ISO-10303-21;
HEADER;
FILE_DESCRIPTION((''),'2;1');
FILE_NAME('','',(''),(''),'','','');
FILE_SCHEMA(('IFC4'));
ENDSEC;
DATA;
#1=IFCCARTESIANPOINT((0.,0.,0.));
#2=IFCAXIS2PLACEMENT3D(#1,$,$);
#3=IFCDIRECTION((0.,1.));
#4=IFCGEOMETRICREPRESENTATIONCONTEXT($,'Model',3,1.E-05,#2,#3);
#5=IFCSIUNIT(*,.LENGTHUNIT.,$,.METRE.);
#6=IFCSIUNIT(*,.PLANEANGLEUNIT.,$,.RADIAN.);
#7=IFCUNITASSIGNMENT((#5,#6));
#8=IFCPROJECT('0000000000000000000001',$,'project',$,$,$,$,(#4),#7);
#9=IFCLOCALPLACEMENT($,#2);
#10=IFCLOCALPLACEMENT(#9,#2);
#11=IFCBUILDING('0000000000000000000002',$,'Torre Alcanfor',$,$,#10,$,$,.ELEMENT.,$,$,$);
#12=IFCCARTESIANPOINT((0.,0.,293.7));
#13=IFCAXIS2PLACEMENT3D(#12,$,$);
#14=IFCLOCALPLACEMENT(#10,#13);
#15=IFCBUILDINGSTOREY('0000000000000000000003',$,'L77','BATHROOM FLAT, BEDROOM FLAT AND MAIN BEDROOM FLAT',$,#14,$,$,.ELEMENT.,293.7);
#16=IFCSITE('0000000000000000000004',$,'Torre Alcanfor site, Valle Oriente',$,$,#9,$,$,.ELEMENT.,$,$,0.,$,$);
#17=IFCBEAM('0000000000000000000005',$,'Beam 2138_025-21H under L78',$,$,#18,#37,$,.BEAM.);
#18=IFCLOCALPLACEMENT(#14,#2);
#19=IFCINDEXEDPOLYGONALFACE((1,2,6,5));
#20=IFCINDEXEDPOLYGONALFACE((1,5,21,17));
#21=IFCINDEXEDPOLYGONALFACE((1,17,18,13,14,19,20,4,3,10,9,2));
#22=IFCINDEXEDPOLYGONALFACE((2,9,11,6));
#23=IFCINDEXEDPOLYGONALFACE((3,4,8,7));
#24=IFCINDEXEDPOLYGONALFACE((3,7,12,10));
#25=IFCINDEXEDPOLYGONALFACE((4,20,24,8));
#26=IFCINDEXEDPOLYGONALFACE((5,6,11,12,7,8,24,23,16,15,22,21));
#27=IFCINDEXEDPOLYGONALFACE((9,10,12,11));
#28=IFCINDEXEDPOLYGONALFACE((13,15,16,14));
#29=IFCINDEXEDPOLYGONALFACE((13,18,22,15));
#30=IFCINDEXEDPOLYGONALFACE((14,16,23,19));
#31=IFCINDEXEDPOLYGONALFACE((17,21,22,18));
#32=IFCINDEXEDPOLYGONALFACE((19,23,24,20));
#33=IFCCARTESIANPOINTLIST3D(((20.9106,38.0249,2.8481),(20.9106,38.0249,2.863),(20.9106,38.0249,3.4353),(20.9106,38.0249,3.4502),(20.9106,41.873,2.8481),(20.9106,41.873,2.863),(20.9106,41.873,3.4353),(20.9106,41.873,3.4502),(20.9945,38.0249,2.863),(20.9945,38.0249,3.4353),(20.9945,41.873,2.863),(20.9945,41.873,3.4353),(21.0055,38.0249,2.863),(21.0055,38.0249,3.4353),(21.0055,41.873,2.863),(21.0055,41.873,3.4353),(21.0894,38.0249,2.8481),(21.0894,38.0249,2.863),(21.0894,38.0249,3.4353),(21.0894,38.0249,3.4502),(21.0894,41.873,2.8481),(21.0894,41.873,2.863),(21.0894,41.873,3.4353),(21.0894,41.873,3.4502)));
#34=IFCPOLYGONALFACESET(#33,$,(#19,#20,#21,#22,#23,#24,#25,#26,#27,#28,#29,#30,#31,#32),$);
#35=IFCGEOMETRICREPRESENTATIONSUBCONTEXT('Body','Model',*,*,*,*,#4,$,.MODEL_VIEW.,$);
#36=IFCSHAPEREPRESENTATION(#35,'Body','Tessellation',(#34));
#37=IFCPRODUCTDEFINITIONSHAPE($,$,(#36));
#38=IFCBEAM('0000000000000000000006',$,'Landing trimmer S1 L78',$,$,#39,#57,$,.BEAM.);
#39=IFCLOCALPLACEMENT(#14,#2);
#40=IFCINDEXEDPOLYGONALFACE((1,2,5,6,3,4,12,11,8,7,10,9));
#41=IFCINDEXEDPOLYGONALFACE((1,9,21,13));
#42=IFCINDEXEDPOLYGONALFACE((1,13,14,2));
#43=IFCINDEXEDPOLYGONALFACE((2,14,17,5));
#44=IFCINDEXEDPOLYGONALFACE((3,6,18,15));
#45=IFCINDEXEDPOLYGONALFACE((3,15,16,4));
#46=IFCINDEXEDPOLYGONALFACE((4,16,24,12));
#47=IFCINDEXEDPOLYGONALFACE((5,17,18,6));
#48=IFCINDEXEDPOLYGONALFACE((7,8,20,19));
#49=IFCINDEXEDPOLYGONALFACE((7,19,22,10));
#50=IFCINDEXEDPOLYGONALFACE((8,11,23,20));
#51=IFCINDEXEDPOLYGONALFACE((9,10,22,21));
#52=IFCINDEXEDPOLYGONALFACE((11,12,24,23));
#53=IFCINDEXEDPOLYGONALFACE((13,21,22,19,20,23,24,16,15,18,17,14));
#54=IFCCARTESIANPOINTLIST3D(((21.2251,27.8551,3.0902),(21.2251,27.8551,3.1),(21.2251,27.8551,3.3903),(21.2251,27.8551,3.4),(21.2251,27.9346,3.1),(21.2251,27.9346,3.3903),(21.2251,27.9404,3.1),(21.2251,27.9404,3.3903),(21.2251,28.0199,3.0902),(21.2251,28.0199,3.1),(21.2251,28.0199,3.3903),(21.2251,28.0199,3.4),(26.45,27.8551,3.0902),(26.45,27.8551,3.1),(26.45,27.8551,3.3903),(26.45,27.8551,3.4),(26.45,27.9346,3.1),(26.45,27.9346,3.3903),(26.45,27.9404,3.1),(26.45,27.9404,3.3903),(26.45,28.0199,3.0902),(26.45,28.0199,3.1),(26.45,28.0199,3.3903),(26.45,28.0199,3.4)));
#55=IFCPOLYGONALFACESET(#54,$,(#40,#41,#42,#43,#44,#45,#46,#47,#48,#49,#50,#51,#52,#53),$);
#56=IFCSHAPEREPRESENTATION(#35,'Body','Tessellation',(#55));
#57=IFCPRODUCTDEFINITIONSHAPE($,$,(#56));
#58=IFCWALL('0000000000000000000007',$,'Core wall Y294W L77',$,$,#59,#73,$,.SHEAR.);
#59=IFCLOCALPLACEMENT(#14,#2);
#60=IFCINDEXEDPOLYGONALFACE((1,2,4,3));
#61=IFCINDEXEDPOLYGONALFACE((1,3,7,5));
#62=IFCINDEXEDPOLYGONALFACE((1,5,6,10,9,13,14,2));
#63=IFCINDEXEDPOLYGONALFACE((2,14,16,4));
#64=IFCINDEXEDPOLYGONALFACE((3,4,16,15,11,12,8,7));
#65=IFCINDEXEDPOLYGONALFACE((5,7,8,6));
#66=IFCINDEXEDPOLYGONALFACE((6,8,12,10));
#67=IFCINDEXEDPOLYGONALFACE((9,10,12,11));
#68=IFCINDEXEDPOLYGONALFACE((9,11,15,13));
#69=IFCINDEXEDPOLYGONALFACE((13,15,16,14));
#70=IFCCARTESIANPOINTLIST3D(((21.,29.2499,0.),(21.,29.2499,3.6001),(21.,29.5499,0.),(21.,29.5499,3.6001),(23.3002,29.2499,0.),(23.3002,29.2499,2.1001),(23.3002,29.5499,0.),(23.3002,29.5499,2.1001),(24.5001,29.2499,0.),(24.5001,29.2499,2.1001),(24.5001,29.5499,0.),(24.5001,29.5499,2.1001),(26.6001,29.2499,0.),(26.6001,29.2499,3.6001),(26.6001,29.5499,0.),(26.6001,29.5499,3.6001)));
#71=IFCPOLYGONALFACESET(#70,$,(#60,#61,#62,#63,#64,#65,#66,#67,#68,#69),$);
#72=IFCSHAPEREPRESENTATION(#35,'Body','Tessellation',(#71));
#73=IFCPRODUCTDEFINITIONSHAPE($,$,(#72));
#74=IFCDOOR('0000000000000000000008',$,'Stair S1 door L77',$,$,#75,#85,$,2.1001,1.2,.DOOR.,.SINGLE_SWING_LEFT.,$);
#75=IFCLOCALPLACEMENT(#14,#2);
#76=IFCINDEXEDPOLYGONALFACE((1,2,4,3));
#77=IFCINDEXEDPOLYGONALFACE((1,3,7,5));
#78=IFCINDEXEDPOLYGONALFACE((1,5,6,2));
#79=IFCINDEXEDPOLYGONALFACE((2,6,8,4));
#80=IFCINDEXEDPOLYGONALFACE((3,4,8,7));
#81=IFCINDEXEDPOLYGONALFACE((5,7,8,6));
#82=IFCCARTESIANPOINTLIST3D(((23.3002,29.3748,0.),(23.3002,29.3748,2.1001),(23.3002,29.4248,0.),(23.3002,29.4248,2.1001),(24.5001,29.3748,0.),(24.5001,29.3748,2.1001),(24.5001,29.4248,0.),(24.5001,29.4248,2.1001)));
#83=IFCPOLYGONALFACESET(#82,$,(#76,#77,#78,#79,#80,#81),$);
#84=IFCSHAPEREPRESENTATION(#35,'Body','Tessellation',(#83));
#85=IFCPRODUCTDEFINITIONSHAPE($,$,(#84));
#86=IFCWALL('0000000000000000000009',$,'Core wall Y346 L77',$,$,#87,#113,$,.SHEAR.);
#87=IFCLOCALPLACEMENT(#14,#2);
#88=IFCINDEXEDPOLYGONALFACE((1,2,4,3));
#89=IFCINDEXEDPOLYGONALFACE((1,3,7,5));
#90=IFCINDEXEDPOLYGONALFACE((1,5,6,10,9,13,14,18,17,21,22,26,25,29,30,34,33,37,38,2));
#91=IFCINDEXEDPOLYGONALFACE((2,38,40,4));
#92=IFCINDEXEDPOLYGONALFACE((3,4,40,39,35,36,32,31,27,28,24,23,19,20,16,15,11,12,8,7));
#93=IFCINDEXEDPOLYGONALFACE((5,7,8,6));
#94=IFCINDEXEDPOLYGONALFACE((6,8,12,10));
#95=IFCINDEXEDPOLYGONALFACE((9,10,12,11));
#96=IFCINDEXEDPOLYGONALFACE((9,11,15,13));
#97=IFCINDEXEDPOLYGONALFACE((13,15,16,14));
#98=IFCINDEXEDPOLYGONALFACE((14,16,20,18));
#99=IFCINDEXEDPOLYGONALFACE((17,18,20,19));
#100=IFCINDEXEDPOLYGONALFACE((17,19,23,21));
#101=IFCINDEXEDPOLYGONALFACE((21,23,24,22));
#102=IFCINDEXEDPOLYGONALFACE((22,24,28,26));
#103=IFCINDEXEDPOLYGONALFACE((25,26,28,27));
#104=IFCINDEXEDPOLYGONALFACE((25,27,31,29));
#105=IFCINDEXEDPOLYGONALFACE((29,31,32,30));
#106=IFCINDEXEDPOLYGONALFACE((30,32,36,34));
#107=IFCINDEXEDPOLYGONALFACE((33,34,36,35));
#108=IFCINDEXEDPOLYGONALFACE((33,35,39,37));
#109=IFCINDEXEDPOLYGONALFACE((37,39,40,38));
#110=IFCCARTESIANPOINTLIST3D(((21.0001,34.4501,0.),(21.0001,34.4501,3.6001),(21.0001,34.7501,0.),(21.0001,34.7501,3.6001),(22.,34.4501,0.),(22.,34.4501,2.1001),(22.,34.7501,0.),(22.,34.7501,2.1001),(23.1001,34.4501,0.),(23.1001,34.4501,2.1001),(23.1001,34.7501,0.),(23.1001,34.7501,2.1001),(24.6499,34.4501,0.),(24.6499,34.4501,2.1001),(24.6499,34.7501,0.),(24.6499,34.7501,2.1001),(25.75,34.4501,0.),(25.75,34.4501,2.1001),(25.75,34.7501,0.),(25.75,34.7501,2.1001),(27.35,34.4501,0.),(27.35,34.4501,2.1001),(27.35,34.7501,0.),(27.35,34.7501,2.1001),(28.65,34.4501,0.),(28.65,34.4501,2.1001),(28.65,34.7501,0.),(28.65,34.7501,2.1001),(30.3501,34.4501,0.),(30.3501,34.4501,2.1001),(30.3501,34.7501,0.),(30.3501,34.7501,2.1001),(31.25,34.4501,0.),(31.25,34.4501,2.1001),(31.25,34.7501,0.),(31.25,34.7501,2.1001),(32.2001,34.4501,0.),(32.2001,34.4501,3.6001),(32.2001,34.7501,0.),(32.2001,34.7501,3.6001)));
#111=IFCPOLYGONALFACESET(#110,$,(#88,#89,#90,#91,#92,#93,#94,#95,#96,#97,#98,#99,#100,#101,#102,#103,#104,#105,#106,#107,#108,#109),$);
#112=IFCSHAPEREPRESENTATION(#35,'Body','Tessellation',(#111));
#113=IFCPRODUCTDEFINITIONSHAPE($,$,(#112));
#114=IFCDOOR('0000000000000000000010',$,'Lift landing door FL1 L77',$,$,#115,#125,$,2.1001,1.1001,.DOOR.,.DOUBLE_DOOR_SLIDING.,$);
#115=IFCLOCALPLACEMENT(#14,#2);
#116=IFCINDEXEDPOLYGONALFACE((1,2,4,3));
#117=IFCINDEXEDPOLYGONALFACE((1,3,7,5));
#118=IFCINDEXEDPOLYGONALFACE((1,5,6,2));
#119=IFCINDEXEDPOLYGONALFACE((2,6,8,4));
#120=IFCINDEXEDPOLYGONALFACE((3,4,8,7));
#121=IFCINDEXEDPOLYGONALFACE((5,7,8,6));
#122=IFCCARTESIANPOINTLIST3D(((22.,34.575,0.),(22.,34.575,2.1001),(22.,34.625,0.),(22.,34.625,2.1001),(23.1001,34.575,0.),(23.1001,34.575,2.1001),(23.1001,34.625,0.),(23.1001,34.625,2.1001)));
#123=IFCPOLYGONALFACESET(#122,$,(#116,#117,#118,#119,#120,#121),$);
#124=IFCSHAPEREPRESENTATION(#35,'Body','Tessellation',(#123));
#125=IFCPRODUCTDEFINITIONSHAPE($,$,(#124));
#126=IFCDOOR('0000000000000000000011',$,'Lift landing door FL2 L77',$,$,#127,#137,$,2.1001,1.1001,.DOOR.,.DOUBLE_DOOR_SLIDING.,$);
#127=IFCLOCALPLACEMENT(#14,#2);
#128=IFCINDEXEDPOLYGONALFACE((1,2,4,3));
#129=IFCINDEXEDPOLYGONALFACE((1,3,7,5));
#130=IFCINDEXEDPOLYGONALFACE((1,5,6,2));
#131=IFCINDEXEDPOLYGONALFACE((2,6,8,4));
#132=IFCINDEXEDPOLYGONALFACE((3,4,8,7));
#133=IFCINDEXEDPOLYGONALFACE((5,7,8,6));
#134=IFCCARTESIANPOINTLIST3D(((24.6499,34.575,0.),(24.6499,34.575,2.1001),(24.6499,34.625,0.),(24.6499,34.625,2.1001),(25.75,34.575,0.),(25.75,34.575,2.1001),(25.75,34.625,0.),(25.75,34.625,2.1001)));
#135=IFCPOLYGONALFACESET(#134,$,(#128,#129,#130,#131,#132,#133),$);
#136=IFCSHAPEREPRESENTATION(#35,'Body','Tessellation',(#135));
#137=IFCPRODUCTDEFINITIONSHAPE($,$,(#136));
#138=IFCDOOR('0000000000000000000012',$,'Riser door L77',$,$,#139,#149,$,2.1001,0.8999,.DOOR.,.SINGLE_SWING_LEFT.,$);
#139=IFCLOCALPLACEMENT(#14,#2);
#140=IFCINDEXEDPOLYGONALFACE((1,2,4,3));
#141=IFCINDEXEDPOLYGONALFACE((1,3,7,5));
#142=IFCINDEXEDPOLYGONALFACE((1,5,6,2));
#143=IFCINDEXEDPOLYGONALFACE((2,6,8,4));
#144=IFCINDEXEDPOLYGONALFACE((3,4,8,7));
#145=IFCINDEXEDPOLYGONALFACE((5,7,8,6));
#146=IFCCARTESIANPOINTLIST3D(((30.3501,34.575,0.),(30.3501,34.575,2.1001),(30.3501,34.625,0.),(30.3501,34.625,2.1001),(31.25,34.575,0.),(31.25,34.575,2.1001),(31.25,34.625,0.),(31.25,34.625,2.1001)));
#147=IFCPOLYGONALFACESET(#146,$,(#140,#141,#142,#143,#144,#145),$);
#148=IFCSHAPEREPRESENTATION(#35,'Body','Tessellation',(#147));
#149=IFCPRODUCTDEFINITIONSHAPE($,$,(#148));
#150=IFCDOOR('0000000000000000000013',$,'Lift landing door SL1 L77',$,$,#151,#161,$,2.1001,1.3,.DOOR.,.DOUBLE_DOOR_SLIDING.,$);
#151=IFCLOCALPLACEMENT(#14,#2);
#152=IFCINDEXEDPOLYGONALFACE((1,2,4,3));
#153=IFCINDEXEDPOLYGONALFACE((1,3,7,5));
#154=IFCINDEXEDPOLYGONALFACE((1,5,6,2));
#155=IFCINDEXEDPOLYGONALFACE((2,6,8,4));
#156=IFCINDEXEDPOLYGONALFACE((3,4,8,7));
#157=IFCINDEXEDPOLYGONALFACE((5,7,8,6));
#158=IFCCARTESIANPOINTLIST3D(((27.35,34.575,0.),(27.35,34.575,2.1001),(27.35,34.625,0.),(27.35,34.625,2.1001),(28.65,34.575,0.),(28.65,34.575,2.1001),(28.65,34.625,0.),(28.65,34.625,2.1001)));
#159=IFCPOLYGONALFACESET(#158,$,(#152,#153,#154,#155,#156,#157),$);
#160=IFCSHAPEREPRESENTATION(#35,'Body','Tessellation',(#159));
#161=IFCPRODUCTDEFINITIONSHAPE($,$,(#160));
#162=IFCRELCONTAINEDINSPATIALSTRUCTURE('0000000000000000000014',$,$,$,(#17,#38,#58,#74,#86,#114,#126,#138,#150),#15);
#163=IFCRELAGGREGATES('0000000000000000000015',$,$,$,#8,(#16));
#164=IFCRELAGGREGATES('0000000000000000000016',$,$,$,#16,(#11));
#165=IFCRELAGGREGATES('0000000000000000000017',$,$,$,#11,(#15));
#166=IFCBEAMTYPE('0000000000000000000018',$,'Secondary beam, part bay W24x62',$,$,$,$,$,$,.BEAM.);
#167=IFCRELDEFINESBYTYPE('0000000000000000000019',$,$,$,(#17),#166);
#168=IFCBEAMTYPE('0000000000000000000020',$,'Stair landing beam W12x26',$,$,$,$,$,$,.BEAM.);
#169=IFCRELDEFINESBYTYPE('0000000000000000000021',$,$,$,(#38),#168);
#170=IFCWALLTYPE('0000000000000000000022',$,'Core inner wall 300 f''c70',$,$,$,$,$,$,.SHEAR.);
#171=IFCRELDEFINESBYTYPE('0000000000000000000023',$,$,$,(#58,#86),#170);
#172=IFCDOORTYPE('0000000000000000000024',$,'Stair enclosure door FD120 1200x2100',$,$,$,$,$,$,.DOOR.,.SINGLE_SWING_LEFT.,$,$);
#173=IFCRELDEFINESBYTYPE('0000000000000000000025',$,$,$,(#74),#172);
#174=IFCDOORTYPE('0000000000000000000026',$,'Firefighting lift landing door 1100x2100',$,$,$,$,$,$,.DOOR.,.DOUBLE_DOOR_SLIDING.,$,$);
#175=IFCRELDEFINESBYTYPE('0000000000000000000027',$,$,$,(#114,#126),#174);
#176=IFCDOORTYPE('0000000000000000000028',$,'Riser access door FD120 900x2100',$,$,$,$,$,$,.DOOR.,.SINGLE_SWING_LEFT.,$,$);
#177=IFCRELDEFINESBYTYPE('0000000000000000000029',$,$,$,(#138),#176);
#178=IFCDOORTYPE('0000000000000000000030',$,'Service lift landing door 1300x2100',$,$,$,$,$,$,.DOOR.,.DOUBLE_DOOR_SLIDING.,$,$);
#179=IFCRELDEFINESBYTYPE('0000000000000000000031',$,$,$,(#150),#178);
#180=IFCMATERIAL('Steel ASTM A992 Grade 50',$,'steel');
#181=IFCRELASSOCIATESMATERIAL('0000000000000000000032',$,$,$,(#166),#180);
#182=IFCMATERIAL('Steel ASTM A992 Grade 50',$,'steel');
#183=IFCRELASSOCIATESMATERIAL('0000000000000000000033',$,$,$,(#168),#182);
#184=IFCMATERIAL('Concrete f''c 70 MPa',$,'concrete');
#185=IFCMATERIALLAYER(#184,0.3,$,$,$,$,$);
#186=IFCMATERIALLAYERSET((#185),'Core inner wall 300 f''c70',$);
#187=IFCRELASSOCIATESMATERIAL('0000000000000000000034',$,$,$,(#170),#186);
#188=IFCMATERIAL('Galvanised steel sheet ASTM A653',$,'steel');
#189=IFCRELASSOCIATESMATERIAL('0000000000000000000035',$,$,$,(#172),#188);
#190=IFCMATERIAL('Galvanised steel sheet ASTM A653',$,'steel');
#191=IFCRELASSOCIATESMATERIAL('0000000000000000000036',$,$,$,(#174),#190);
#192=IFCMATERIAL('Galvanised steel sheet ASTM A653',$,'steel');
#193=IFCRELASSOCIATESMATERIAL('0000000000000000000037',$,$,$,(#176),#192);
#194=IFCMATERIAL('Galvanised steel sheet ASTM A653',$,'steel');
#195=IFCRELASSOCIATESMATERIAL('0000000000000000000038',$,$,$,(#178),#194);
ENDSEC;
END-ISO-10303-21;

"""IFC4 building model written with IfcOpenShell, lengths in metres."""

from ifc_helpers import new_model, si_unit, direction, frame, frame_2d, origin, origin_2d, place, context, subcontext, project, spatial, rectangle, i_section, extrude, material, layer, layer_set, material_profile, profile_set, type_object, element, fill, save


model = new_model("IFC4")

# Units and contexts
model_context = context("Model", 3, precision=1e-05, world=origin(), true_north=direction((0.0, 1.0)))
body_context = subcontext(model_context, "Body", "Model", "MODEL_VIEW")
ifc_project = project(units=[si_unit("LENGTHUNIT", "METRE"), si_unit("PLANEANGLEUNIT", "RADIAN")], contexts=[model_context])

# Site, building, storey
site_placement = place(None, origin())
site = spatial("IfcSite", under=ifc_project, at=site_placement, Name="Torre Alcanfor site, Valle Oriente", CompositionType="ELEMENT", RefElevation=0.0)
building_placement = place(site_placement, origin())
building = spatial("IfcBuilding", under=site, at=building_placement, Name="Torre Alcanfor", CompositionType="ELEMENT")
storey_placement = place(building_placement, frame((0.0, 0.0, 293.7)))
storey = spatial("IfcBuildingStorey", under=building, at=storey_placement, Name="L77", Description="BATHROOM FLAT, BEDROOM FLAT AND MAIN BEDROOM FLAT", CompositionType="ELEMENT", Elevation=293.7)

# Beams
ifc_material_1 = material(Name="Steel ASTM A992 Grade 50", Category="steel")
ifc_material_profile_1 = material_profile(ifc_material_1, i_section(OverallWidth=0.1787, OverallDepth=0.6021, WebThickness=0.011, FlangeThickness=0.0149, at=origin_2d()), Name="W24x62")
ifc_profile_set_1 = profile_set([ifc_material_profile_1], Name="Steel ASTM A992 Grade 50")
beam_type_1 = type_object("IfcBeamType", Name="Secondary beam, part bay W24x62", PredefinedType="BEAM", material=ifc_profile_set_1)
beam_1_placement = place(storey_placement, frame((21.0, 38.0249, 3.1492), z_axis=(0.0, 1.0, 0.0), x_axis=(-1.0, 0.0, 0.0)))
element("IfcBeam", 1, at=beam_1_placement, inside=storey, type_object=beam_type_1, Name="Beam 2138_025-21H under L78", PredefinedType="BEAM", context=body_context, shape_type="SweptSolid", body=[
    extrude(i_section(OverallWidth=0.1787, OverallDepth=0.6021, WebThickness=0.011, FlangeThickness=0.0149, at=origin_2d()), origin(), (0.0, 0.0, 1.0), 3.8481),
])
ifc_material_2 = material(Name="Steel ASTM A992 Grade 50", Category="steel")
ifc_material_profile_2 = material_profile(ifc_material_2, i_section(OverallWidth=0.1648, OverallDepth=0.3098, WebThickness=0.0059, FlangeThickness=0.0098, at=origin_2d()), Name="W12x26")
ifc_profile_set_2 = profile_set([ifc_material_profile_2], Name="Steel ASTM A992 Grade 50")
beam_type_2 = type_object("IfcBeamType", Name="Stair landing beam W12x26", PredefinedType="BEAM", material=ifc_profile_set_2)
beam_2_placement = place(storey_placement, frame((21.2251, 27.9375, 3.2451), z_axis=(1.0, 0.0, 0.0), x_axis=(0.0, 1.0, 0.0)))
element("IfcBeam", 2, at=beam_2_placement, inside=storey, type_object=beam_type_2, Name="Landing trimmer S1 L78", PredefinedType="BEAM", context=body_context, shape_type="SweptSolid", body=[
    extrude(i_section(OverallWidth=0.1648, OverallDepth=0.3098, WebThickness=0.0059, FlangeThickness=0.0098, at=origin_2d()), origin(), (0.0, 0.0, 1.0), 5.2249),
])

# Wall, opening, door
ifc_material_3 = material(Name="Concrete f'c 70 MPa", Category="concrete")
ifc_layer_1 = layer(ifc_material_3, 0.3)
ifc_layer_set_1 = layer_set([ifc_layer_1], Name="Core inner wall 300 f'c70")
wall_type_1 = type_object("IfcWallType", Name="Core inner wall 300 f'c70", PredefinedType="SHEAR", material=ifc_layer_set_1)
wall_1_placement = place(storey_placement, frame((21.0, 29.3999, 0.0), z_axis=(0.0, 0.0, 1.0), x_axis=(1.0, 0.0, 0.0)))
wall_1 = element("IfcWall", 3, at=wall_1_placement, inside=storey, type_object=wall_type_1, Name="Core wall Y294W L77", PredefinedType="SHEAR", context=body_context, shape_type="SweptSolid", body=[
    extrude(rectangle(XDim=5.6001, YDim=0.3, at=frame_2d((2.8, 0.0))), origin(), (0.0, 0.0, 1.0), 3.6001),
])
opening_1_placement = place(wall_1_placement, frame((2.3, 0.0, 0.0)))
opening_1 = element("IfcOpeningElement", 4, at=opening_1_placement, cuts=wall_1, PredefinedType="OPENING", context=body_context, shape_type="SweptSolid", body=[
    extrude(rectangle(XDim=1.2, YDim=2.1001, at=frame_2d((0.6001, 1.05))), frame((0.0, 0.1599, 0.0), z_axis=(0.0, -1.0, 0.0), x_axis=(1.0, 0.0, 0.0)), (0.0, 0.0, 1.0), 0.3201),
])
ifc_material_4 = material(Name="Galvanised steel sheet ASTM A653", Category="steel")
door_type_1 = type_object("IfcDoorType", Name="Stair enclosure door FD120 1200x2100", OperationType="SINGLE_SWING_LEFT", PredefinedType="DOOR", material=ifc_material_4)
door_1_placement = place(opening_1_placement, frame((1.2, 0.0, 0.0), z_axis=(0.0, 0.0, 1.0), x_axis=(-1.0, 0.0, 0.0)))
door_1 = element("IfcDoor", 5, at=door_1_placement, inside=storey, type_object=door_type_1, Name="Stair S1 door L77", OperationType="SINGLE_SWING_LEFT", OverallHeight=2.1001, OverallWidth=1.2, PredefinedType="DOOR", context=body_context, shape_type="SweptSolid", body=[
    extrude(rectangle(XDim=1.2, YDim=2.1001, at=frame_2d((0.5999, 1.05))), frame((0.0, 0.0251, 0.0), z_axis=(0.0, -1.0, 0.0), x_axis=(1.0, 0.0, 0.0)), (0.0, 0.0, 1.0), 0.05),
])
fill(opening_1, door_1)

# Wall, openings, doors
wall_2_placement = place(storey_placement, frame((21.0, 34.6001, 0.0), z_axis=(0.0, 0.0, 1.0), x_axis=(1.0, 0.0, 0.0)))
wall_2 = element("IfcWall", 6, at=wall_2_placement, inside=storey, type_object=wall_type_1, Name="Core wall Y346 L77", PredefinedType="SHEAR", context=body_context, shape_type="SweptSolid", body=[
    extrude(rectangle(XDim=11.2, YDim=0.3, at=frame_2d((5.6001, 0.0))), origin(), (0.0, 0.0, 1.0), 3.6001),
])
opening_2_placement = place(wall_2_placement, frame((9.3501, 0.0, 0.0)))
opening_2 = element("IfcOpeningElement", 7, at=opening_2_placement, cuts=wall_2, PredefinedType="OPENING", context=body_context, shape_type="SweptSolid", body=[
    extrude(rectangle(XDim=0.8999, YDim=2.1001, at=frame_2d((0.45, 1.05))), frame((0.0, 0.1599, 0.0), z_axis=(0.0, -1.0, 0.0), x_axis=(1.0, 0.0, 0.0)), (0.0, 0.0, 1.0), 0.3201),
])
opening_3_placement = place(wall_2_placement, frame((1.0, 0.0, 0.0)))
opening_3 = element("IfcOpeningElement", 8, at=opening_3_placement, cuts=wall_2, PredefinedType="OPENING", context=body_context, shape_type="SweptSolid", body=[
    extrude(rectangle(XDim=1.1001, YDim=2.1001, at=frame_2d((0.55, 1.05))), frame((0.0, 0.1599, 0.0), z_axis=(0.0, -1.0, 0.0), x_axis=(1.0, 0.0, 0.0)), (0.0, 0.0, 1.0), 0.3201),
])
opening_4_placement = place(wall_2_placement, frame((3.6499, 0.0, 0.0)))
opening_4 = element("IfcOpeningElement", 9, at=opening_4_placement, cuts=wall_2, PredefinedType="OPENING", context=body_context, shape_type="SweptSolid", body=[
    extrude(rectangle(XDim=1.1001, YDim=2.1001, at=frame_2d((0.55, 1.05))), frame((0.0, 0.1599, 0.0), z_axis=(0.0, -1.0, 0.0), x_axis=(1.0, 0.0, 0.0)), (0.0, 0.0, 1.0), 0.3201),
])
opening_5_placement = place(wall_2_placement, frame((6.3501, 0.0, 0.0)))
opening_5 = element("IfcOpeningElement", 10, at=opening_5_placement, cuts=wall_2, PredefinedType="OPENING", context=body_context, shape_type="SweptSolid", body=[
    extrude(rectangle(XDim=1.3, YDim=2.1001, at=frame_2d((0.6499, 1.05))), frame((0.0, 0.1599, 0.0), z_axis=(0.0, -1.0, 0.0), x_axis=(1.0, 0.0, 0.0)), (0.0, 0.0, 1.0), 0.3201),
])
ifc_material_5 = material(Name="Galvanised steel sheet ASTM A653", Category="steel")
door_type_2 = type_object("IfcDoorType", Name="Firefighting lift landing door 1100x2100", OperationType="DOUBLE_DOOR_SLIDING", PredefinedType="DOOR", material=ifc_material_5)
door_2_placement = place(opening_3_placement, origin())
door_2 = element("IfcDoor", 11, at=door_2_placement, inside=storey, type_object=door_type_2, Name="Lift landing door FL1 L77", OperationType="DOUBLE_DOOR_SLIDING", OverallHeight=2.1001, OverallWidth=1.1001, PredefinedType="DOOR", context=body_context, shape_type="SweptSolid", body=[
    extrude(rectangle(XDim=1.1001, YDim=2.1001, at=frame_2d((0.55, 1.05))), frame((0.0, 0.0249, 0.0), z_axis=(0.0, -1.0, 0.0), x_axis=(1.0, 0.0, 0.0)), (0.0, 0.0, 1.0), 0.05),
])
fill(opening_3, door_2)
door_3_placement = place(opening_4_placement, origin())
door_3 = element("IfcDoor", 12, at=door_3_placement, inside=storey, type_object=door_type_2, Name="Lift landing door FL2 L77", OperationType="DOUBLE_DOOR_SLIDING", OverallHeight=2.1001, OverallWidth=1.1001, PredefinedType="DOOR", context=body_context, shape_type="SweptSolid", body=[
    extrude(rectangle(XDim=1.1001, YDim=2.1001, at=frame_2d((0.55, 1.05))), frame((0.0, 0.0249, 0.0), z_axis=(0.0, -1.0, 0.0), x_axis=(1.0, 0.0, 0.0)), (0.0, 0.0, 1.0), 0.05),
])
fill(opening_4, door_3)
ifc_material_6 = material(Name="Galvanised steel sheet ASTM A653", Category="steel")
door_type_3 = type_object("IfcDoorType", Name="Riser access door FD120 900x2100", OperationType="SINGLE_SWING_LEFT", PredefinedType="DOOR", material=ifc_material_6)
door_4_placement = place(opening_2_placement, origin())
door_4 = element("IfcDoor", 13, at=door_4_placement, inside=storey, type_object=door_type_3, Name="Riser door L77", OperationType="SINGLE_SWING_LEFT", OverallHeight=2.1001, OverallWidth=0.8999, PredefinedType="DOOR", context=body_context, shape_type="SweptSolid", body=[
    extrude(rectangle(XDim=0.8999, YDim=2.1001, at=frame_2d((0.45, 1.05))), frame((0.0, 0.0249, 0.0), z_axis=(0.0, -1.0, 0.0), x_axis=(1.0, 0.0, 0.0)), (0.0, 0.0, 1.0), 0.05),
])
fill(opening_2, door_4)
ifc_material_7 = material(Name="Galvanised steel sheet ASTM A653", Category="steel")
door_type_4 = type_object("IfcDoorType", Name="Service lift landing door 1300x2100", OperationType="DOUBLE_DOOR_SLIDING", PredefinedType="DOOR", material=ifc_material_7)
door_5_placement = place(opening_5_placement, origin())
door_5 = element("IfcDoor", 14, at=door_5_placement, inside=storey, type_object=door_type_4, Name="Lift landing door SL1 L77", OperationType="DOUBLE_DOOR_SLIDING", OverallHeight=2.1001, OverallWidth=1.3, PredefinedType="DOOR", context=body_context, shape_type="SweptSolid", body=[
    extrude(rectangle(XDim=1.3, YDim=2.1001, at=frame_2d((0.6499, 1.05))), frame((0.0, 0.0249, 0.0), z_axis=(0.0, -1.0, 0.0), x_axis=(1.0, 0.0, 0.0)), (0.0, 0.0, 1.0), 0.05),
])
fill(opening_5, door_5)

save(model, "model.ifc")
